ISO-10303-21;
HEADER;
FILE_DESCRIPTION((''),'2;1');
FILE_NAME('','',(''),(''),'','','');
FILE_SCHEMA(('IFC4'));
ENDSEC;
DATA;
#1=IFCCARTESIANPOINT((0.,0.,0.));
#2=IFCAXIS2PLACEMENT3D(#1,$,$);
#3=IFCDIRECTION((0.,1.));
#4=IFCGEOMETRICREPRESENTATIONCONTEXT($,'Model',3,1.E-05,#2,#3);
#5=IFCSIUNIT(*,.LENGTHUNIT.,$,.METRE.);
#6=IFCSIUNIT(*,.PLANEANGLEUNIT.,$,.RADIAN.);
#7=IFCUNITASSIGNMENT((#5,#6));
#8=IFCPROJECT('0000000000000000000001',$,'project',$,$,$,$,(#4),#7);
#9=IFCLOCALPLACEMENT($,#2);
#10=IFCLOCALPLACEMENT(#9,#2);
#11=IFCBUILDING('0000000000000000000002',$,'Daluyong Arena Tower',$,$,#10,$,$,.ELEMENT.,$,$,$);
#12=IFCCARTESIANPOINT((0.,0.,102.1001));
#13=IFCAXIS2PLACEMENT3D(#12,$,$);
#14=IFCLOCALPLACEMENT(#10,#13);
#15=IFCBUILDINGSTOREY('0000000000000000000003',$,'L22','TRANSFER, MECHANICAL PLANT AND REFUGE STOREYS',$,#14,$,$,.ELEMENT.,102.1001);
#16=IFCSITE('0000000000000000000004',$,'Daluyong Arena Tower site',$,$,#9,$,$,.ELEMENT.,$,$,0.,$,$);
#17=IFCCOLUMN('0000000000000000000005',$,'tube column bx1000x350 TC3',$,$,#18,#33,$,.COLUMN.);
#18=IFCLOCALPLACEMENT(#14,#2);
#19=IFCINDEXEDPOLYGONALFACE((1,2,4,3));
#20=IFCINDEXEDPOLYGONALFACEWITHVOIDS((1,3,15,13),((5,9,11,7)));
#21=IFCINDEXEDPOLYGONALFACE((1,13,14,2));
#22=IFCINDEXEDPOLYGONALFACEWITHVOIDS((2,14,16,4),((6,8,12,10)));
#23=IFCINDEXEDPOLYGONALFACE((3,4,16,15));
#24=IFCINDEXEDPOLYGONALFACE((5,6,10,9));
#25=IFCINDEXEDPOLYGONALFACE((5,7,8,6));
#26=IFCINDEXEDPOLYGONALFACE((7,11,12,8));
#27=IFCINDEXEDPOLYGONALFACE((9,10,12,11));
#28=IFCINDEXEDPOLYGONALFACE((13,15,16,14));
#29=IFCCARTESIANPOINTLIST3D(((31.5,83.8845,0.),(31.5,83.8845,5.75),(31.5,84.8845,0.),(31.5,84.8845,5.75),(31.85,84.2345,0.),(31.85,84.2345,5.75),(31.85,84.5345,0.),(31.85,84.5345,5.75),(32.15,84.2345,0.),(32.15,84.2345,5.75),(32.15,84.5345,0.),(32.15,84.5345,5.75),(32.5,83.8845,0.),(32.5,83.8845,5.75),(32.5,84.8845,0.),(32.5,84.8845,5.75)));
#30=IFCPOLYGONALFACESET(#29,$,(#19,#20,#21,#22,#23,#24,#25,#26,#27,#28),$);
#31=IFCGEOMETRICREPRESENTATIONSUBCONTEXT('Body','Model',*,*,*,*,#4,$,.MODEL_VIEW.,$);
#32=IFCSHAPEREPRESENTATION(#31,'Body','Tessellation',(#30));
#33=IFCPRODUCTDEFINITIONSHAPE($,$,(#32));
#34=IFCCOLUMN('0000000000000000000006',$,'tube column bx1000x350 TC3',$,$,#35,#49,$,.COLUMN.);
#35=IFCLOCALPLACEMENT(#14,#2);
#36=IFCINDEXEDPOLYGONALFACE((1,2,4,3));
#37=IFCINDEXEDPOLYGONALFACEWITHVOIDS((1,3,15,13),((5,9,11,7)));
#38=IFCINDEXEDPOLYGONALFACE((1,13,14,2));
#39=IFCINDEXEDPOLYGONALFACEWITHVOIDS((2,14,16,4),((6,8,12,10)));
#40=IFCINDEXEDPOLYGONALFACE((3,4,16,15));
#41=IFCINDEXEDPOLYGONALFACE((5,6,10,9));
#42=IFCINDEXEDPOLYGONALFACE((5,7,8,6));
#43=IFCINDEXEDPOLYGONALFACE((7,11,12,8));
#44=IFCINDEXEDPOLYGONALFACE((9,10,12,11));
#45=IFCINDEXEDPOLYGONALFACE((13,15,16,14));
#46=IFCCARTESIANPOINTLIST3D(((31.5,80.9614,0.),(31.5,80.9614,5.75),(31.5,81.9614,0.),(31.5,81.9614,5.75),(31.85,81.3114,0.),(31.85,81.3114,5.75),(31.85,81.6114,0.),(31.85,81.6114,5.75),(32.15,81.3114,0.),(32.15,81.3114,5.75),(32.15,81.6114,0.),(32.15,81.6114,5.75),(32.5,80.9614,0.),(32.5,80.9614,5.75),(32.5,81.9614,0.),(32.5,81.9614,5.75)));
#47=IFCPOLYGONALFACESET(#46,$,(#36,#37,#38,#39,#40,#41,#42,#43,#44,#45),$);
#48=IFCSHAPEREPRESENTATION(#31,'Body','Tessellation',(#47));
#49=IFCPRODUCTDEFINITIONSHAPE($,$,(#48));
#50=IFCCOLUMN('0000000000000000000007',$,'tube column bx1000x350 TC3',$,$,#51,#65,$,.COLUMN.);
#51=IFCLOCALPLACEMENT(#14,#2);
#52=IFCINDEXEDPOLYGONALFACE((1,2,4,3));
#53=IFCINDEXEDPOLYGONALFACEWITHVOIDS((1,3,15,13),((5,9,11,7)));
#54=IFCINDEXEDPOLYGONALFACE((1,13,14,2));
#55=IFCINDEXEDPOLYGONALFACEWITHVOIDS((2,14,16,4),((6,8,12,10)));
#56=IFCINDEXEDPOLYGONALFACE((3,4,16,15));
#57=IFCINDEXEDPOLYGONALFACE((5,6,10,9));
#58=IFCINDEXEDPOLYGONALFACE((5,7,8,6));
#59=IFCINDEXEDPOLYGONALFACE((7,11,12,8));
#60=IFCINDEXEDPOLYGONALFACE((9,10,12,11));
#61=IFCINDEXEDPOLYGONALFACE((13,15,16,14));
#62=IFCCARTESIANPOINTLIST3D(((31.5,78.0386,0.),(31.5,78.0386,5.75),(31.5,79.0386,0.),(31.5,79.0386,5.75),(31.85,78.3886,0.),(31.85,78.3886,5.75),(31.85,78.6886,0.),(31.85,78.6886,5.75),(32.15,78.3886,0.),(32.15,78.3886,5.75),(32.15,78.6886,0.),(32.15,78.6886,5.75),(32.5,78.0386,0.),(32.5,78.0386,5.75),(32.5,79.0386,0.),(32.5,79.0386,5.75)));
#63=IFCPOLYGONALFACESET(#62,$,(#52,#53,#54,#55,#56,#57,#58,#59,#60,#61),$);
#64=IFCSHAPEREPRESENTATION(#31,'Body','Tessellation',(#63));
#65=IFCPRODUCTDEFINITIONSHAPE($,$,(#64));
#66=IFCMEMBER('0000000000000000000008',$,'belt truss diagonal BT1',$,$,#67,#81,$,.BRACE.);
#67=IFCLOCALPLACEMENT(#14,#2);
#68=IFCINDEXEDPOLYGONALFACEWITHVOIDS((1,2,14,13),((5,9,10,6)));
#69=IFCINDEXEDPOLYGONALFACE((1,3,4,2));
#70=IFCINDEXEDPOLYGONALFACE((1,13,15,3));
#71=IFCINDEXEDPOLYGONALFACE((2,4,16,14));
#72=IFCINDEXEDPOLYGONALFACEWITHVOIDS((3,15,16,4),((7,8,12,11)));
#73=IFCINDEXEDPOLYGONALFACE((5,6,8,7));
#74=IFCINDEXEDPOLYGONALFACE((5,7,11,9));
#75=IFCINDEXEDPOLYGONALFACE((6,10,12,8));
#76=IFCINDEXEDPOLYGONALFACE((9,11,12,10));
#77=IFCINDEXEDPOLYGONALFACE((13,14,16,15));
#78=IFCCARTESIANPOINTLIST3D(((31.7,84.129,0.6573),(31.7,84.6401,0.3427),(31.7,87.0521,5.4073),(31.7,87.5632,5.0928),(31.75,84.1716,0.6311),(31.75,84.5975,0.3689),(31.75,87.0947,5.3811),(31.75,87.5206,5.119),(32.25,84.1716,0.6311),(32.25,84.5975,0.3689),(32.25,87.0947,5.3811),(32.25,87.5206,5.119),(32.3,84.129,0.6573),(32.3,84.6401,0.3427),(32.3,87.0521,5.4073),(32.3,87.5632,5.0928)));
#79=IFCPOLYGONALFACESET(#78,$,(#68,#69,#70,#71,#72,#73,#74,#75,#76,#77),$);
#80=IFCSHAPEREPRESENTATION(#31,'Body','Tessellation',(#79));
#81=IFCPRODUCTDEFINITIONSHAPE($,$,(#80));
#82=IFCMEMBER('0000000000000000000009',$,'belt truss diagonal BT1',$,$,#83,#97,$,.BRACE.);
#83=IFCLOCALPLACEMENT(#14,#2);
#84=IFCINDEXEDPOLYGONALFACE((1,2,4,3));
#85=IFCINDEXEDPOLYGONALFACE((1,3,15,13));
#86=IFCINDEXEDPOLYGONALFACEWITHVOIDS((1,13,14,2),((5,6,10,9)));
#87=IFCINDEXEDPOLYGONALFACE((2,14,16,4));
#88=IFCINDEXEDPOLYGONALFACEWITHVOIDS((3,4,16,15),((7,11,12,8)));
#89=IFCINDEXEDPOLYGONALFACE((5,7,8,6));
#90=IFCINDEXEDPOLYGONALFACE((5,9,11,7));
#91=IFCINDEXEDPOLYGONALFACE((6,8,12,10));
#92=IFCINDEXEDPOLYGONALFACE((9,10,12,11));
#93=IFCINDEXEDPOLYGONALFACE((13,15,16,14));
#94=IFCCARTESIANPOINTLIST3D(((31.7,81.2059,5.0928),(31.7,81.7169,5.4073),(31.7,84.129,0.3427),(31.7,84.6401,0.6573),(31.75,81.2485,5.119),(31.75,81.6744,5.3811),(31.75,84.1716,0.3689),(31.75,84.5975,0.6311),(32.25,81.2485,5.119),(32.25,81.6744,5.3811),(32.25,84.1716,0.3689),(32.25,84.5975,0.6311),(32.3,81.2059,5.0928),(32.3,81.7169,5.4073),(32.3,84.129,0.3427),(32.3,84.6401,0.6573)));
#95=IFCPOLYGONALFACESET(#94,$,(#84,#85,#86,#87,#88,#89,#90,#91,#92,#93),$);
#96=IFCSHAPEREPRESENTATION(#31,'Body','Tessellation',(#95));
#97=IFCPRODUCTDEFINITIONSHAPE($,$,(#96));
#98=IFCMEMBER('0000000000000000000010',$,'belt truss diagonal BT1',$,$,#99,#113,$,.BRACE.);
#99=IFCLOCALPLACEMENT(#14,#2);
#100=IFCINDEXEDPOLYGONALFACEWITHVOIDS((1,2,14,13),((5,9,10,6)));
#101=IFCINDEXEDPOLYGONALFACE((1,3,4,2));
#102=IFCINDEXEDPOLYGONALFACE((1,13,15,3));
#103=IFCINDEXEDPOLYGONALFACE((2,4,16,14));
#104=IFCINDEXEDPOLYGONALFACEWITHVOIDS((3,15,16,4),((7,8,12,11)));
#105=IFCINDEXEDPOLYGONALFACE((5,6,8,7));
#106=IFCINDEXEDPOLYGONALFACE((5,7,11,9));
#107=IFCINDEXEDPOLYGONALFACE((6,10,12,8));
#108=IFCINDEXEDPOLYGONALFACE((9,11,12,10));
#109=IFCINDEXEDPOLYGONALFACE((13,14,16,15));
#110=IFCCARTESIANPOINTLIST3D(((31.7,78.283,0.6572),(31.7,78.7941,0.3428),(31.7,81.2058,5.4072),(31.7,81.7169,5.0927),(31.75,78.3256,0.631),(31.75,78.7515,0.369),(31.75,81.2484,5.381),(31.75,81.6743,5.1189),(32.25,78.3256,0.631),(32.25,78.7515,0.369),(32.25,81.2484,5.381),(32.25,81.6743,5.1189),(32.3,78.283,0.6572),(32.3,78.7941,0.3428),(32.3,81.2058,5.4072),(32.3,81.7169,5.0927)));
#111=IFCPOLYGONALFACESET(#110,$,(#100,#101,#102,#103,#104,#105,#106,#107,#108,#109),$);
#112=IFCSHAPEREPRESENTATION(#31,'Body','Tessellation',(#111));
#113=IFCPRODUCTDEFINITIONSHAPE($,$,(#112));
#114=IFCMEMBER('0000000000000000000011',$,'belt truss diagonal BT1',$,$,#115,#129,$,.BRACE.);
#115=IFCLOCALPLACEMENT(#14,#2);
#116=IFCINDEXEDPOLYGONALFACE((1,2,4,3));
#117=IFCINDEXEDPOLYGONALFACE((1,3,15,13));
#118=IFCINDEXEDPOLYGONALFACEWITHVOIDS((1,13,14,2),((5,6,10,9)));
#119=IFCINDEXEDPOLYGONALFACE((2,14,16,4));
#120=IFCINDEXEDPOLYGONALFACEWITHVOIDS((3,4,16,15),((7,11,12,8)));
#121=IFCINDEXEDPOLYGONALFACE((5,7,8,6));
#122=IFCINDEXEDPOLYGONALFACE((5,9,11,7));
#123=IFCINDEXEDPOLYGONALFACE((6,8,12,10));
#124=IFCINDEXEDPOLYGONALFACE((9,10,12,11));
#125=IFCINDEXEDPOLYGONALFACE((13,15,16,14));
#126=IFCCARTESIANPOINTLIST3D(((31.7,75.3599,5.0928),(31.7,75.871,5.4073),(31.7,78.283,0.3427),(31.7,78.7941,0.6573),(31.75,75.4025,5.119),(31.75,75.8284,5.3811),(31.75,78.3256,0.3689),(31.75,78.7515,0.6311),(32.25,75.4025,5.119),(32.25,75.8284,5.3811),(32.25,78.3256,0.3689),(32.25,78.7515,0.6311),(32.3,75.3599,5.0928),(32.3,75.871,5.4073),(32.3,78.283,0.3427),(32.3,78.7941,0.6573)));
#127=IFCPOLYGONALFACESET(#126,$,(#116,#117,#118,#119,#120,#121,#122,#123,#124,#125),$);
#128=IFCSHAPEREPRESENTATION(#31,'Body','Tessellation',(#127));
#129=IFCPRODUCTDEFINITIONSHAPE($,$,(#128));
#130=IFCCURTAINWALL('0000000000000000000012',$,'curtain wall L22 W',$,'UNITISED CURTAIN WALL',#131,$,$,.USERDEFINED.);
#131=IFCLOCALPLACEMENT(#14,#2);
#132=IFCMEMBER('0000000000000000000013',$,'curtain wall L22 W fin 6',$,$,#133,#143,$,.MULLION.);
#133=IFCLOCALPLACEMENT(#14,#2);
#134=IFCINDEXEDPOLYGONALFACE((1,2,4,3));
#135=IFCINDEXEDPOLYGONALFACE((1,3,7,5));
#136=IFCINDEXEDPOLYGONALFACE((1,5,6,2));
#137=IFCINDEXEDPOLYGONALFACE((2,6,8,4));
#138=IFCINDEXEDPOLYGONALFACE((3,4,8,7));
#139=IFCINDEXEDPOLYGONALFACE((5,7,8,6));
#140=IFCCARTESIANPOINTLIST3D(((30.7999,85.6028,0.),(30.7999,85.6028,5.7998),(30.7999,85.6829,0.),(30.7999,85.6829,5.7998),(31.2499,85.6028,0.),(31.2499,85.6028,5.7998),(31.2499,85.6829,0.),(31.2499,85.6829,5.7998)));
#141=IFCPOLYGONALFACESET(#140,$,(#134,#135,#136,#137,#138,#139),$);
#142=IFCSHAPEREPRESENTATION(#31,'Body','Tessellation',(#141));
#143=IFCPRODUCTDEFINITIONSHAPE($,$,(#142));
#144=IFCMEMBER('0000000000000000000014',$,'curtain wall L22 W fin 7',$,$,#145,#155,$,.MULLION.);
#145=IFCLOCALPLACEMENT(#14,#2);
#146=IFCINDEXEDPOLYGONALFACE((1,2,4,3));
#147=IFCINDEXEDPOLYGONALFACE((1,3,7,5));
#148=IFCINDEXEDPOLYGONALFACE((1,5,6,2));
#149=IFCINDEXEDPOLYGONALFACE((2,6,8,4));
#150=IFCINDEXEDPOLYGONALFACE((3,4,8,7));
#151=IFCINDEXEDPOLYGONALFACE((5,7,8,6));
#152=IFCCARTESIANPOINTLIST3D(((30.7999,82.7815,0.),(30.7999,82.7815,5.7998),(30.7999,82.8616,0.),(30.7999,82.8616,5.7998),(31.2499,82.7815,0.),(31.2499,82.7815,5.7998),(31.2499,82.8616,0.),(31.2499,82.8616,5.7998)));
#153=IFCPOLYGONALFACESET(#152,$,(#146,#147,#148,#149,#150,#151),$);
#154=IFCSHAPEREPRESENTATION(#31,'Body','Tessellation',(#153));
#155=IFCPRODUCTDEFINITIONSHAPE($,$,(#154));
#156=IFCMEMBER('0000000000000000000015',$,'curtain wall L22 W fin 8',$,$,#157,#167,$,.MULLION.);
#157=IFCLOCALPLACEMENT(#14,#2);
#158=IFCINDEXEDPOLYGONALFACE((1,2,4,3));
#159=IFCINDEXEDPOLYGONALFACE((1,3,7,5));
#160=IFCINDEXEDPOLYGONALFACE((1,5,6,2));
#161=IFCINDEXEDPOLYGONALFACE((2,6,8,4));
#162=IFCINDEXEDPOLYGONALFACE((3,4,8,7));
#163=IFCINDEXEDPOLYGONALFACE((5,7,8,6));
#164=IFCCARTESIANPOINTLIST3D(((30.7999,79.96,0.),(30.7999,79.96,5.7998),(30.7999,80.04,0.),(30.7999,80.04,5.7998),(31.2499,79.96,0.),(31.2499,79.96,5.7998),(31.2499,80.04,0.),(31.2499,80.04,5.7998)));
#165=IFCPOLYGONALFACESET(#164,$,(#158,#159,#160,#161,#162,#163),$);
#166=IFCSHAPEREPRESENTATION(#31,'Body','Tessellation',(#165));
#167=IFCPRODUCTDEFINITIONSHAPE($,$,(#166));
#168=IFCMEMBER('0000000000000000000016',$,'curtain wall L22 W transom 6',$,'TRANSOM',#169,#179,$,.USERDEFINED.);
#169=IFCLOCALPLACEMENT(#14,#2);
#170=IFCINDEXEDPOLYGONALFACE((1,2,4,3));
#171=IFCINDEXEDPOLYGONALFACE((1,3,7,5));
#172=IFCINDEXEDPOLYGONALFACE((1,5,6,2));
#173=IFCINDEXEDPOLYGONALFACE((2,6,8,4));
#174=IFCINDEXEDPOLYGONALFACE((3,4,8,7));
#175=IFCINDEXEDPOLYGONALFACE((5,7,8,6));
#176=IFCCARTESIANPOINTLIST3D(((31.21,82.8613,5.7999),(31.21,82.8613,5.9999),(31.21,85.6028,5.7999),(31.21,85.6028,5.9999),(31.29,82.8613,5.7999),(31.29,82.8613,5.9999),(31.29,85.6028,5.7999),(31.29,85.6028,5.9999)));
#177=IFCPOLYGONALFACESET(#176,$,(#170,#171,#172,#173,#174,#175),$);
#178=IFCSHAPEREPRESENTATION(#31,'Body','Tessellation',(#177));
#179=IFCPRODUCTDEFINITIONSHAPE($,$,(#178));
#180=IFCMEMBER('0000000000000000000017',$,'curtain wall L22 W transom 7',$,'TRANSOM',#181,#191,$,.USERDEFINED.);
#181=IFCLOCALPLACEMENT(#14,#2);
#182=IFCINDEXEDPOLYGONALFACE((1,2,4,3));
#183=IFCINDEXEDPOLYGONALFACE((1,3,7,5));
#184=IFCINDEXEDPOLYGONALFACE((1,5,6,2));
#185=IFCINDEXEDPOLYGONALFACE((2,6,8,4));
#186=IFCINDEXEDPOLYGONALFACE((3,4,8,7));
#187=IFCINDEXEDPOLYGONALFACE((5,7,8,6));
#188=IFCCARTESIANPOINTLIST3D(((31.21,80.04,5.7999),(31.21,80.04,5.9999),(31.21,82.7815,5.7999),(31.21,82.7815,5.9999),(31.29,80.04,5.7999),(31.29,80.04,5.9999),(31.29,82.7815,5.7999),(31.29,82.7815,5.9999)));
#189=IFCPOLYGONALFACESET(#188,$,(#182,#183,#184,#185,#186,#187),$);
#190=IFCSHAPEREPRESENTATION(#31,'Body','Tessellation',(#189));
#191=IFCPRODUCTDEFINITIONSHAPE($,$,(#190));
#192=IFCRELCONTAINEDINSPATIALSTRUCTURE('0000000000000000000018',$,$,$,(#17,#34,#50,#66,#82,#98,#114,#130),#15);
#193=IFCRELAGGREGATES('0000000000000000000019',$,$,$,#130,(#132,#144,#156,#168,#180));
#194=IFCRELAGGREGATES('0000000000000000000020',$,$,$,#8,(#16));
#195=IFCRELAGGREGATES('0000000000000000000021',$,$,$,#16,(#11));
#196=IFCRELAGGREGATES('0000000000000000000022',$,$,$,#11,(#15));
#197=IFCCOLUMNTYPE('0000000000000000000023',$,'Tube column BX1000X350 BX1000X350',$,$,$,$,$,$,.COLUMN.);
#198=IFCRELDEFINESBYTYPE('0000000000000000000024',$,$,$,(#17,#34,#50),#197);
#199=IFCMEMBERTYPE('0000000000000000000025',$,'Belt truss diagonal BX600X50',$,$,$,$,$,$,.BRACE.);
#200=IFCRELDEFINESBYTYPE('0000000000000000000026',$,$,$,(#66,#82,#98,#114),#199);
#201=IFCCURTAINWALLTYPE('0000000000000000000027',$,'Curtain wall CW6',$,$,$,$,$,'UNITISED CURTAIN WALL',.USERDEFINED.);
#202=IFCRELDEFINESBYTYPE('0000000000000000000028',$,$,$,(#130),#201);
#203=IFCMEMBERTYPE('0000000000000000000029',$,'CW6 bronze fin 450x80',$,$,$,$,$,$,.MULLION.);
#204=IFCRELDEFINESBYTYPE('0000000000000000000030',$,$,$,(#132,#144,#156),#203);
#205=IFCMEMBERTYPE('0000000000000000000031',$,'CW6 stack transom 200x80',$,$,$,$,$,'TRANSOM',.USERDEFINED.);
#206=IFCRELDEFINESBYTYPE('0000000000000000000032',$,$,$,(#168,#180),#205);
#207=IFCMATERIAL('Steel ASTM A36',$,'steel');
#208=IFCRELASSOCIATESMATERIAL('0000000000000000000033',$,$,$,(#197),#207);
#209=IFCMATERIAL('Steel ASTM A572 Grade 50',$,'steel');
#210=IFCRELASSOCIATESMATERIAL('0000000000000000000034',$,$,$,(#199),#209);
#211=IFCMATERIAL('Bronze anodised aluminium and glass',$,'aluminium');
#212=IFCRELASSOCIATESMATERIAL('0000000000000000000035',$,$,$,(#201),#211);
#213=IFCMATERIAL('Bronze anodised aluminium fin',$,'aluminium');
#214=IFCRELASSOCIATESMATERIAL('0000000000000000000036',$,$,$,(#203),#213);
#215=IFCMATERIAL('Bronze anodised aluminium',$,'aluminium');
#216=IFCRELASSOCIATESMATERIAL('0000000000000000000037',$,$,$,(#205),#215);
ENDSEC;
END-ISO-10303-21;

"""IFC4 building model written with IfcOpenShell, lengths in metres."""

from ifc_helpers import new_model, si_unit, direction, frame, origin, origin_2d, place, context, subcontext, project, spatial, rectangle, hollow_rectangle, extrude, material, material_profile, profile_set, type_object, element, aggregate, save


model = new_model("IFC4")

# Units and contexts
model_context = context("Model", 3, precision=1e-05, world=origin(), true_north=direction((0.0, 1.0)))
body_context = subcontext(model_context, "Body", "Model", "MODEL_VIEW")
ifc_project = project(units=[si_unit("LENGTHUNIT", "METRE"), si_unit("PLANEANGLEUNIT", "RADIAN")], contexts=[model_context])

# Site, building, storey
site_placement = place(None, origin())
site = spatial("IfcSite", under=ifc_project, at=site_placement, Name="Daluyong Arena Tower site", CompositionType="ELEMENT", RefElevation=0.0)
building_placement = place(site_placement, origin())
building = spatial("IfcBuilding", under=site, at=building_placement, Name="Daluyong Arena Tower", CompositionType="ELEMENT")
storey_placement = place(building_placement, frame((0.0, 0.0, 102.1001)))
storey = spatial("IfcBuildingStorey", under=building, at=storey_placement, Name="L22", Description="TRANSFER, MECHANICAL PLANT AND REFUGE STOREYS", CompositionType="ELEMENT", Elevation=102.1001)

# Columns
ifc_material_1 = material(Name="Steel ASTM A36", Category="steel")
ifc_material_profile_1 = material_profile(ifc_material_1, hollow_rectangle(XDim=1.0, YDim=1.0, WallThickness=0.35, at=origin_2d()))
ifc_profile_set_1 = profile_set([ifc_material_profile_1], Name="Steel ASTM A36")
column_type = type_object("IfcColumnType", Name="Tube column BX1000X350 BX1000X350", PredefinedType="COLUMN", material=ifc_profile_set_1)
for number, where, z_axis, x_axis, name in (
    (1, (32.0, 84.3845, 0.0), (0.0, 0.0, 1.0), (0.0, 1.0, 0.0), "tube column bx1000x350 TC3"),
    (2, (32.0, 81.4614, 0.0), (0.0, 0.0, 1.0), (0.0, 1.0, 0.0), "tube column bx1000x350 TC3"),
    (3, (32.0, 78.5386, 0.0), (0.0, 0.0, 1.0), (0.0, 1.0, 0.0), "tube column bx1000x350 TC3"),
):
    element("IfcColumn", number, at=place(storey_placement, frame(where, z_axis=z_axis, x_axis=x_axis)), inside=storey, type_object=column_type, Name=name, PredefinedType="COLUMN", context=body_context, shape_type="SweptSolid", body=[
        extrude(hollow_rectangle(XDim=1.0, YDim=1.0, WallThickness=0.35, at=origin_2d()), origin(), (0.0, 0.0, 1.0), 5.75),
    ])

# Members
ifc_material_2 = material(Name="Steel ASTM A572 Grade 50", Category="steel")
ifc_material_profile_2 = material_profile(ifc_material_2, hollow_rectangle(XDim=0.6001, YDim=0.6001, WallThickness=0.05, at=origin_2d()))
ifc_profile_set_2 = profile_set([ifc_material_profile_2], Name="Steel ASTM A572 Grade 50")
member_type_1 = type_object("IfcMemberType", Name="Belt truss diagonal BX600X50", PredefinedType="BRACE", material=ifc_profile_set_2)
for number, where, z_axis, x_axis, name in (
    (4, (32.0, 84.3845, 0.5), (0.0, 0.5241, 0.851657), (-1.0, 0.0, 0.0), "belt truss diagonal BT1"),
    (5, (32.0, 84.3845, 0.5), (0.0, -0.5241, 0.851657), (1.0, 0.0, 0.0), "belt truss diagonal BT1"),
):
    element("IfcMember", number, at=place(storey_placement, frame(where, z_axis=z_axis, x_axis=x_axis)), inside=storey, type_object=member_type_1, Name=name, PredefinedType="BRACE", context=body_context, shape_type="SweptSolid", body=[
        extrude(hollow_rectangle(XDim=0.6001, YDim=0.6001, WallThickness=0.05, at=origin_2d()), origin(), (0.0, 0.0, 1.0), 5.5774),
    ])
member_1_placement = place(storey_placement, frame((32.0, 78.5386, 0.5), z_axis=(0.0, 0.524068, 0.851676), x_axis=(-1.0, 0.0, 0.0)))
element("IfcMember", 6, at=member_1_placement, inside=storey, type_object=member_type_1, Name="belt truss diagonal BT1", PredefinedType="BRACE", context=body_context, shape_type="SweptSolid", body=[
    extrude(hollow_rectangle(XDim=0.6001, YDim=0.6001, WallThickness=0.05, at=origin_2d()), origin(), (0.0, 0.0, 1.0), 5.5771),
])
member_2_placement = place(storey_placement, frame((32.0, 78.5386, 0.5), z_axis=(0.0, -0.5241, 0.851657), x_axis=(1.0, 0.0, 0.0)))
element("IfcMember", 7, at=member_2_placement, inside=storey, type_object=member_type_1, Name="belt truss diagonal BT1", PredefinedType="BRACE", context=body_context, shape_type="SweptSolid", body=[
    extrude(hollow_rectangle(XDim=0.6001, YDim=0.6001, WallThickness=0.05, at=origin_2d()), origin(), (0.0, 0.0, 1.0), 5.5774),
])

# Curtain wall, members
ifc_material_3 = material(Name="Bronze anodised aluminium and glass", Category="aluminium")
curtain_wall_type = type_object("IfcCurtainWallType", Name="Curtain wall CW6", ElementType="UNITISED CURTAIN WALL", PredefinedType="USERDEFINED", material=ifc_material_3)
curtain_wall_placement = place(storey_placement, origin())
curtain_wall = element("IfcCurtainWall", 8, at=curtain_wall_placement, inside=storey, type_object=curtain_wall_type, Name="curtain wall L22 W", ObjectType="UNITISED CURTAIN WALL", PredefinedType="USERDEFINED")
ifc_material_4 = material(Name="Bronze anodised aluminium fin", Category="aluminium")
ifc_material_profile_3 = material_profile(ifc_material_4, rectangle(XDim=0.45, YDim=0.0801, at=origin_2d()))
ifc_profile_set_3 = profile_set([ifc_material_profile_3], Name="Bronze anodised aluminium fin")
member_type_2 = type_object("IfcMemberType", Name="CW6 bronze fin 450x80", PredefinedType="MULLION", material=ifc_profile_set_3)
member_3_placement = place(storey_placement, frame((31.0249, 85.6428, 0.0), z_axis=(0.0, 0.0, 1.0), x_axis=(1.0, 0.0, 0.0)))
member_3 = element("IfcMember", 9, at=member_3_placement, type_object=member_type_2, Name="curtain wall L22 W fin 6", PredefinedType="MULLION", context=body_context, shape_type="SweptSolid", body=[
    extrude(rectangle(XDim=0.45, YDim=0.0801, at=origin_2d()), origin(), (0.0, 0.0, 1.0), 5.7998),
])
member_4_placement = place(storey_placement, frame((31.0249, 82.8215, 0.0), z_axis=(0.0, 0.0, 1.0), x_axis=(1.0, 0.0, 0.0)))
member_4 = element("IfcMember", 10, at=member_4_placement, type_object=member_type_2, Name="curtain wall L22 W fin 7", PredefinedType="MULLION", context=body_context, shape_type="SweptSolid", body=[
    extrude(rectangle(XDim=0.45, YDim=0.0801, at=origin_2d()), origin(), (0.0, 0.0, 1.0), 5.7998),
])
member_5_placement = place(storey_placement, frame((31.0249, 80.0, 0.0), z_axis=(0.0, 0.0, 1.0), x_axis=(1.0, 0.0, 0.0)))
member_5 = element("IfcMember", 11, at=member_5_placement, type_object=member_type_2, Name="curtain wall L22 W fin 8", PredefinedType="MULLION", context=body_context, shape_type="SweptSolid", body=[
    extrude(rectangle(XDim=0.45, YDim=0.0801, at=origin_2d()), origin(), (0.0, 0.0, 1.0), 5.7998),
])
ifc_material_5 = material(Name="Bronze anodised aluminium", Category="aluminium")
ifc_material_profile_4 = material_profile(ifc_material_5, rectangle(XDim=0.0801, YDim=0.2, at=origin_2d()))
ifc_profile_set_4 = profile_set([ifc_material_profile_4], Name="Bronze anodised aluminium")
member_type_3 = type_object("IfcMemberType", Name="CW6 stack transom 200x80", ElementType="TRANSOM", PredefinedType="USERDEFINED", material=ifc_profile_set_4)
member_6_placement = place(storey_placement, frame((31.25, 85.6028, 5.8999), z_axis=(0.0, -1.0, 0.0), x_axis=(1.0, 0.0, 0.0)))
member_6 = element("IfcMember", 12, at=member_6_placement, type_object=member_type_3, Name="curtain wall L22 W transom 6", ObjectType="TRANSOM", PredefinedType="USERDEFINED", context=body_context, shape_type="SweptSolid", body=[
    extrude(rectangle(XDim=0.0801, YDim=0.2, at=origin_2d()), origin(), (0.0, 0.0, 1.0), 2.7415),
])
member_7_placement = place(storey_placement, frame((31.25, 82.7815, 5.8999), z_axis=(0.0, -1.0, 0.0), x_axis=(1.0, 0.0, 0.0)))
member_7 = element("IfcMember", 13, at=member_7_placement, type_object=member_type_3, Name="curtain wall L22 W transom 7", ObjectType="TRANSOM", PredefinedType="USERDEFINED", context=body_context, shape_type="SweptSolid", body=[
    extrude(rectangle(XDim=0.0801, YDim=0.2, at=origin_2d()), origin(), (0.0, 0.0, 1.0), 2.7415),
])

aggregate(curtain_wall, [member_3, member_4, member_5, member_6, member_7])

save(model, "model.ifc")
